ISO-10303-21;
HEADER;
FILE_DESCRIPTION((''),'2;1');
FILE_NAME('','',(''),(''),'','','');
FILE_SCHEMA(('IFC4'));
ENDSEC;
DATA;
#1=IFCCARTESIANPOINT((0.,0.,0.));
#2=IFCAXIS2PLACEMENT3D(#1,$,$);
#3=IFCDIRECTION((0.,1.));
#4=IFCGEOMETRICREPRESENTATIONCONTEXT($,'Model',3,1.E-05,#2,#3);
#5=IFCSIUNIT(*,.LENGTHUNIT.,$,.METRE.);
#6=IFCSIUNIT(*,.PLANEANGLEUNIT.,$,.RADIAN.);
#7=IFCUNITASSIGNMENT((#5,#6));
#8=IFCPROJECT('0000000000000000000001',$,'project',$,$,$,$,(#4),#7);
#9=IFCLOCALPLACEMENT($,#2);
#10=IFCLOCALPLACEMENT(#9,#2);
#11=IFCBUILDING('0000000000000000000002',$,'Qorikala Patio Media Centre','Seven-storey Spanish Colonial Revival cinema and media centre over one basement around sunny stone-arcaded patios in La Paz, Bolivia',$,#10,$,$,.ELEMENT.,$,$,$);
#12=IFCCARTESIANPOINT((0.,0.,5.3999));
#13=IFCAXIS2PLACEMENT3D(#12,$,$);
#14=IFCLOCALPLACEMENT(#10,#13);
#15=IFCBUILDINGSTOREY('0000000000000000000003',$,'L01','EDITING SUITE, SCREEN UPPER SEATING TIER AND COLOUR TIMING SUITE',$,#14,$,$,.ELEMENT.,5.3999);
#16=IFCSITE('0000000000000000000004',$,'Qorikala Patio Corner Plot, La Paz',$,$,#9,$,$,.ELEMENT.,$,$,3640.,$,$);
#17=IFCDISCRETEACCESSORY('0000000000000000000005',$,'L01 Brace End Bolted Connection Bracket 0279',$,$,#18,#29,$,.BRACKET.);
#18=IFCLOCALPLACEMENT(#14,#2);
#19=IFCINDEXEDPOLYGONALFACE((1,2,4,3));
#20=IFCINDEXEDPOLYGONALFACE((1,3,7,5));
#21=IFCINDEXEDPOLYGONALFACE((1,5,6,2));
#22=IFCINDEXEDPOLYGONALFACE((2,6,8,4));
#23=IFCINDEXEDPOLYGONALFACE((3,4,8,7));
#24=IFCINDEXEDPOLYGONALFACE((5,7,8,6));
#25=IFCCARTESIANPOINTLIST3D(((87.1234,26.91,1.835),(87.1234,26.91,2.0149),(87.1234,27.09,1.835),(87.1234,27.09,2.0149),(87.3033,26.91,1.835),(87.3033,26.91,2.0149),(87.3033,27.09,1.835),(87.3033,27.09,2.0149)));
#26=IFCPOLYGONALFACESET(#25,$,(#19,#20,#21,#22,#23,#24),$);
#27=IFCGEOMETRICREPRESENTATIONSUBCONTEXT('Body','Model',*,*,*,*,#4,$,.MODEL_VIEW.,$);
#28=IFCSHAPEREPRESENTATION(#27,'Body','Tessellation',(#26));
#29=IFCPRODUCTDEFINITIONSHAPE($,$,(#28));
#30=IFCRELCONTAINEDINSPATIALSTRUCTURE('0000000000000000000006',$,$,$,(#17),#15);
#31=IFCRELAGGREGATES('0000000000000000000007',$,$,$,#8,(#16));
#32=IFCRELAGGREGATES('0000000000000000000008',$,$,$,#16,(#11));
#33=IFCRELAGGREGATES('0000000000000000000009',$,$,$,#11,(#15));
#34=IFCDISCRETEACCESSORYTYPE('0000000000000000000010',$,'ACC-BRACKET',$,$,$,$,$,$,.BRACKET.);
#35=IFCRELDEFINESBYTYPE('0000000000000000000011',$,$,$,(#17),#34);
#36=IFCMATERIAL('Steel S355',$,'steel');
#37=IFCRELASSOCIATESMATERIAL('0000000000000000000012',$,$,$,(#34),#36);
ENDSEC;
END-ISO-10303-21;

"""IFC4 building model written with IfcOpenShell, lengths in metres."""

from ifc_helpers import new_model, si_unit, direction, frame, origin, origin_2d, place, context, subcontext, project, spatial, rectangle, extrude, material, type_object, element, save


model = new_model("IFC4")

# Units and contexts
model_context = context("Model", 3, precision=1e-05, world=origin(), true_north=direction((0.0, 1.0)))
body_context = subcontext(model_context, "Body", "Model", "MODEL_VIEW")
ifc_project = project(units=[si_unit("LENGTHUNIT", "METRE"), si_unit("PLANEANGLEUNIT", "RADIAN")], contexts=[model_context])

# Site, building, storey
site_placement = place(None, origin())
site = spatial("IfcSite", under=ifc_project, at=site_placement, Name="Qorikala Patio Corner Plot, La Paz", CompositionType="ELEMENT", RefElevation=3640.0)
building_placement = place(site_placement, origin())
building = spatial("IfcBuilding", under=site, at=building_placement, Name="Qorikala Patio Media Centre", Description="Seven-storey Spanish Colonial Revival cinema and media centre over one basement around sunny stone-arcaded patios in La Paz, Bolivia", CompositionType="ELEMENT")
storey_placement = place(building_placement, frame((0.0, 0.0, 5.3999)))
storey = spatial("IfcBuildingStorey", under=building, at=storey_placement, Name="L01", Description="EDITING SUITE, SCREEN UPPER SEATING TIER AND COLOUR TIMING SUITE", CompositionType="ELEMENT", Elevation=5.3999)

# Discrete accessory
ifc_material_1 = material(Name="Steel S355", Category="steel")
discrete_accessory_type = type_object("IfcDiscreteAccessoryType", Name="ACC-BRACKET", PredefinedType="BRACKET", material=ifc_material_1)
for number, where, z_axis, x_axis, name in (
    (1, (87.2134, 27.0, 1.835), (0.0, 0.0, 1.0), (1.0, 0.0, 0.0), "L01 Brace End Bolted Connection Bracket 0279"),
):
    element("IfcDiscreteAccessory", number, at=place(storey_placement, frame(where, z_axis=z_axis, x_axis=x_axis)), inside=storey, type_object=discrete_accessory_type, Name=name, PredefinedType="BRACKET", context=body_context, shape_type="SweptSolid", body=[
        extrude(rectangle(XDim=0.1799, YDim=0.1799, at=origin_2d()), origin(), (0.0, 0.0, 1.0), 0.1799),
    ])

save(model, "model.ifc")
